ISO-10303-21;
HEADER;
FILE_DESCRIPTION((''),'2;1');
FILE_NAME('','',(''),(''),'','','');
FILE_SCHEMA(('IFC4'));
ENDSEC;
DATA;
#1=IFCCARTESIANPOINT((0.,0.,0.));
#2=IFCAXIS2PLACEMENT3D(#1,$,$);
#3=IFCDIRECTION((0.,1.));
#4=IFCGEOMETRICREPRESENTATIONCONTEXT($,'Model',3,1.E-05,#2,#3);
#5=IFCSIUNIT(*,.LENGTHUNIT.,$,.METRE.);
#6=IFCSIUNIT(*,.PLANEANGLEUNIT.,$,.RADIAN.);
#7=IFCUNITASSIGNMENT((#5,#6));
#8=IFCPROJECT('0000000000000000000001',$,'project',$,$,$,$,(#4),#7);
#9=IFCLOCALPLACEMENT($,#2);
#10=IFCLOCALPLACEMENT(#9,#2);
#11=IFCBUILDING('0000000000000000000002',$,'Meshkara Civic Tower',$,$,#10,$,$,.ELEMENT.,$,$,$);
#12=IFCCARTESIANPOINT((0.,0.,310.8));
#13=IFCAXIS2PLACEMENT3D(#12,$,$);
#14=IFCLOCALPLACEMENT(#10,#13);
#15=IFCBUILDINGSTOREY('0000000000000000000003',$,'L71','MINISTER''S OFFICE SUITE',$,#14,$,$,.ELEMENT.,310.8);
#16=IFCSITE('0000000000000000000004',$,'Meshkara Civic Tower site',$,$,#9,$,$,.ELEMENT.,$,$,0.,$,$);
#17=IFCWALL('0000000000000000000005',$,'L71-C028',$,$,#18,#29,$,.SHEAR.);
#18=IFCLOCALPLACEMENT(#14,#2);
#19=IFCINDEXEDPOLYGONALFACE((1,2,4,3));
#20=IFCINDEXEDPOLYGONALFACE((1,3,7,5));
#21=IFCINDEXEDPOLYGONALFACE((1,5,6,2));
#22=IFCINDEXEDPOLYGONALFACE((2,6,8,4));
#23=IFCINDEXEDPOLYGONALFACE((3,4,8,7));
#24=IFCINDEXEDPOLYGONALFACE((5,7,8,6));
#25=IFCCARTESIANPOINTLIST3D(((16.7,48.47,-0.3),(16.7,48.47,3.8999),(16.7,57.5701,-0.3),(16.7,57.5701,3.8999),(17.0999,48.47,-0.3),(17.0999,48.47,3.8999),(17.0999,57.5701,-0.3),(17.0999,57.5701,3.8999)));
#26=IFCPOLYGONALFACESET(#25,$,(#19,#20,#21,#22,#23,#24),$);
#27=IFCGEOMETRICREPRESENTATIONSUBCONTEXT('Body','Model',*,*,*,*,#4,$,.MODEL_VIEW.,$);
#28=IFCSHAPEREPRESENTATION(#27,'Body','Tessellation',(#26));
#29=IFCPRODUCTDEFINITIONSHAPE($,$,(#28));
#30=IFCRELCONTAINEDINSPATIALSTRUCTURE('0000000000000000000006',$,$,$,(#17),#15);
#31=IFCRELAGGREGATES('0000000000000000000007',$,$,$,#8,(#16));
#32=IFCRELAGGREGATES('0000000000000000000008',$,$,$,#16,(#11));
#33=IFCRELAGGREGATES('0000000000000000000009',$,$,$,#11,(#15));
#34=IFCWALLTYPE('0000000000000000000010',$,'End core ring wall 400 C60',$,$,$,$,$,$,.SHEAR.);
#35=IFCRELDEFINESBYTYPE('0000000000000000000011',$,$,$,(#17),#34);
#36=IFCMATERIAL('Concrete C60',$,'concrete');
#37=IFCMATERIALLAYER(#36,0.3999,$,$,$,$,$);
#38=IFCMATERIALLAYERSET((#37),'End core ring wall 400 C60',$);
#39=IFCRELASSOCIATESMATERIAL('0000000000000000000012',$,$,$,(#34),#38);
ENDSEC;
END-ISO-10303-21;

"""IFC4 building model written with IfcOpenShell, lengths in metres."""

from ifc_helpers import new_model, si_unit, direction, frame, frame_2d, origin, place, context, subcontext, project, spatial, rectangle, extrude, material, layer, layer_set, type_object, element, save


model = new_model("IFC4")

# Units and contexts
model_context = context("Model", 3, precision=1e-05, world=origin(), true_north=direction((0.0, 1.0)))
body_context = subcontext(model_context, "Body", "Model", "MODEL_VIEW")
ifc_project = project(units=[si_unit("LENGTHUNIT", "METRE"), si_unit("PLANEANGLEUNIT", "RADIAN")], contexts=[model_context])

# Site, building, storey
site_placement = place(None, origin())
site = spatial("IfcSite", under=ifc_project, at=site_placement, Name="Meshkara Civic Tower site", CompositionType="ELEMENT", RefElevation=0.0)
building_placement = place(site_placement, origin())
building = spatial("IfcBuilding", under=site, at=building_placement, Name="Meshkara Civic Tower", CompositionType="ELEMENT")
storey_placement = place(building_placement, frame((0.0, 0.0, 310.8)))
storey = spatial("IfcBuildingStorey", under=building, at=storey_placement, Name="L71", Description="MINISTER'S OFFICE SUITE", CompositionType="ELEMENT", Elevation=310.8)

# Wall
ifc_material_1 = material(Name="Concrete C60", Category="concrete")
ifc_layer_1 = layer(ifc_material_1, 0.3999)
ifc_layer_set_1 = layer_set([ifc_layer_1], Name="End core ring wall 400 C60")
wall_type_1 = type_object("IfcWallType", Name="End core ring wall 400 C60", PredefinedType="SHEAR", material=ifc_layer_set_1)
wall_1_placement = place(storey_placement, frame((16.8999, 48.47, -0.3), z_axis=(0.0, 0.0, 1.0), x_axis=(0.0, 1.0, 0.0)))
element("IfcWall", 1, at=wall_1_placement, inside=storey, type_object=wall_type_1, Name="L71-C028", PredefinedType="SHEAR", context=body_context, shape_type="SweptSolid", body=[
    extrude(rectangle(XDim=9.1001, YDim=0.3999, at=frame_2d((4.55, 0.0))), origin(), (0.0, 0.0, 1.0), 4.2),
])

save(model, "model.ifc")
